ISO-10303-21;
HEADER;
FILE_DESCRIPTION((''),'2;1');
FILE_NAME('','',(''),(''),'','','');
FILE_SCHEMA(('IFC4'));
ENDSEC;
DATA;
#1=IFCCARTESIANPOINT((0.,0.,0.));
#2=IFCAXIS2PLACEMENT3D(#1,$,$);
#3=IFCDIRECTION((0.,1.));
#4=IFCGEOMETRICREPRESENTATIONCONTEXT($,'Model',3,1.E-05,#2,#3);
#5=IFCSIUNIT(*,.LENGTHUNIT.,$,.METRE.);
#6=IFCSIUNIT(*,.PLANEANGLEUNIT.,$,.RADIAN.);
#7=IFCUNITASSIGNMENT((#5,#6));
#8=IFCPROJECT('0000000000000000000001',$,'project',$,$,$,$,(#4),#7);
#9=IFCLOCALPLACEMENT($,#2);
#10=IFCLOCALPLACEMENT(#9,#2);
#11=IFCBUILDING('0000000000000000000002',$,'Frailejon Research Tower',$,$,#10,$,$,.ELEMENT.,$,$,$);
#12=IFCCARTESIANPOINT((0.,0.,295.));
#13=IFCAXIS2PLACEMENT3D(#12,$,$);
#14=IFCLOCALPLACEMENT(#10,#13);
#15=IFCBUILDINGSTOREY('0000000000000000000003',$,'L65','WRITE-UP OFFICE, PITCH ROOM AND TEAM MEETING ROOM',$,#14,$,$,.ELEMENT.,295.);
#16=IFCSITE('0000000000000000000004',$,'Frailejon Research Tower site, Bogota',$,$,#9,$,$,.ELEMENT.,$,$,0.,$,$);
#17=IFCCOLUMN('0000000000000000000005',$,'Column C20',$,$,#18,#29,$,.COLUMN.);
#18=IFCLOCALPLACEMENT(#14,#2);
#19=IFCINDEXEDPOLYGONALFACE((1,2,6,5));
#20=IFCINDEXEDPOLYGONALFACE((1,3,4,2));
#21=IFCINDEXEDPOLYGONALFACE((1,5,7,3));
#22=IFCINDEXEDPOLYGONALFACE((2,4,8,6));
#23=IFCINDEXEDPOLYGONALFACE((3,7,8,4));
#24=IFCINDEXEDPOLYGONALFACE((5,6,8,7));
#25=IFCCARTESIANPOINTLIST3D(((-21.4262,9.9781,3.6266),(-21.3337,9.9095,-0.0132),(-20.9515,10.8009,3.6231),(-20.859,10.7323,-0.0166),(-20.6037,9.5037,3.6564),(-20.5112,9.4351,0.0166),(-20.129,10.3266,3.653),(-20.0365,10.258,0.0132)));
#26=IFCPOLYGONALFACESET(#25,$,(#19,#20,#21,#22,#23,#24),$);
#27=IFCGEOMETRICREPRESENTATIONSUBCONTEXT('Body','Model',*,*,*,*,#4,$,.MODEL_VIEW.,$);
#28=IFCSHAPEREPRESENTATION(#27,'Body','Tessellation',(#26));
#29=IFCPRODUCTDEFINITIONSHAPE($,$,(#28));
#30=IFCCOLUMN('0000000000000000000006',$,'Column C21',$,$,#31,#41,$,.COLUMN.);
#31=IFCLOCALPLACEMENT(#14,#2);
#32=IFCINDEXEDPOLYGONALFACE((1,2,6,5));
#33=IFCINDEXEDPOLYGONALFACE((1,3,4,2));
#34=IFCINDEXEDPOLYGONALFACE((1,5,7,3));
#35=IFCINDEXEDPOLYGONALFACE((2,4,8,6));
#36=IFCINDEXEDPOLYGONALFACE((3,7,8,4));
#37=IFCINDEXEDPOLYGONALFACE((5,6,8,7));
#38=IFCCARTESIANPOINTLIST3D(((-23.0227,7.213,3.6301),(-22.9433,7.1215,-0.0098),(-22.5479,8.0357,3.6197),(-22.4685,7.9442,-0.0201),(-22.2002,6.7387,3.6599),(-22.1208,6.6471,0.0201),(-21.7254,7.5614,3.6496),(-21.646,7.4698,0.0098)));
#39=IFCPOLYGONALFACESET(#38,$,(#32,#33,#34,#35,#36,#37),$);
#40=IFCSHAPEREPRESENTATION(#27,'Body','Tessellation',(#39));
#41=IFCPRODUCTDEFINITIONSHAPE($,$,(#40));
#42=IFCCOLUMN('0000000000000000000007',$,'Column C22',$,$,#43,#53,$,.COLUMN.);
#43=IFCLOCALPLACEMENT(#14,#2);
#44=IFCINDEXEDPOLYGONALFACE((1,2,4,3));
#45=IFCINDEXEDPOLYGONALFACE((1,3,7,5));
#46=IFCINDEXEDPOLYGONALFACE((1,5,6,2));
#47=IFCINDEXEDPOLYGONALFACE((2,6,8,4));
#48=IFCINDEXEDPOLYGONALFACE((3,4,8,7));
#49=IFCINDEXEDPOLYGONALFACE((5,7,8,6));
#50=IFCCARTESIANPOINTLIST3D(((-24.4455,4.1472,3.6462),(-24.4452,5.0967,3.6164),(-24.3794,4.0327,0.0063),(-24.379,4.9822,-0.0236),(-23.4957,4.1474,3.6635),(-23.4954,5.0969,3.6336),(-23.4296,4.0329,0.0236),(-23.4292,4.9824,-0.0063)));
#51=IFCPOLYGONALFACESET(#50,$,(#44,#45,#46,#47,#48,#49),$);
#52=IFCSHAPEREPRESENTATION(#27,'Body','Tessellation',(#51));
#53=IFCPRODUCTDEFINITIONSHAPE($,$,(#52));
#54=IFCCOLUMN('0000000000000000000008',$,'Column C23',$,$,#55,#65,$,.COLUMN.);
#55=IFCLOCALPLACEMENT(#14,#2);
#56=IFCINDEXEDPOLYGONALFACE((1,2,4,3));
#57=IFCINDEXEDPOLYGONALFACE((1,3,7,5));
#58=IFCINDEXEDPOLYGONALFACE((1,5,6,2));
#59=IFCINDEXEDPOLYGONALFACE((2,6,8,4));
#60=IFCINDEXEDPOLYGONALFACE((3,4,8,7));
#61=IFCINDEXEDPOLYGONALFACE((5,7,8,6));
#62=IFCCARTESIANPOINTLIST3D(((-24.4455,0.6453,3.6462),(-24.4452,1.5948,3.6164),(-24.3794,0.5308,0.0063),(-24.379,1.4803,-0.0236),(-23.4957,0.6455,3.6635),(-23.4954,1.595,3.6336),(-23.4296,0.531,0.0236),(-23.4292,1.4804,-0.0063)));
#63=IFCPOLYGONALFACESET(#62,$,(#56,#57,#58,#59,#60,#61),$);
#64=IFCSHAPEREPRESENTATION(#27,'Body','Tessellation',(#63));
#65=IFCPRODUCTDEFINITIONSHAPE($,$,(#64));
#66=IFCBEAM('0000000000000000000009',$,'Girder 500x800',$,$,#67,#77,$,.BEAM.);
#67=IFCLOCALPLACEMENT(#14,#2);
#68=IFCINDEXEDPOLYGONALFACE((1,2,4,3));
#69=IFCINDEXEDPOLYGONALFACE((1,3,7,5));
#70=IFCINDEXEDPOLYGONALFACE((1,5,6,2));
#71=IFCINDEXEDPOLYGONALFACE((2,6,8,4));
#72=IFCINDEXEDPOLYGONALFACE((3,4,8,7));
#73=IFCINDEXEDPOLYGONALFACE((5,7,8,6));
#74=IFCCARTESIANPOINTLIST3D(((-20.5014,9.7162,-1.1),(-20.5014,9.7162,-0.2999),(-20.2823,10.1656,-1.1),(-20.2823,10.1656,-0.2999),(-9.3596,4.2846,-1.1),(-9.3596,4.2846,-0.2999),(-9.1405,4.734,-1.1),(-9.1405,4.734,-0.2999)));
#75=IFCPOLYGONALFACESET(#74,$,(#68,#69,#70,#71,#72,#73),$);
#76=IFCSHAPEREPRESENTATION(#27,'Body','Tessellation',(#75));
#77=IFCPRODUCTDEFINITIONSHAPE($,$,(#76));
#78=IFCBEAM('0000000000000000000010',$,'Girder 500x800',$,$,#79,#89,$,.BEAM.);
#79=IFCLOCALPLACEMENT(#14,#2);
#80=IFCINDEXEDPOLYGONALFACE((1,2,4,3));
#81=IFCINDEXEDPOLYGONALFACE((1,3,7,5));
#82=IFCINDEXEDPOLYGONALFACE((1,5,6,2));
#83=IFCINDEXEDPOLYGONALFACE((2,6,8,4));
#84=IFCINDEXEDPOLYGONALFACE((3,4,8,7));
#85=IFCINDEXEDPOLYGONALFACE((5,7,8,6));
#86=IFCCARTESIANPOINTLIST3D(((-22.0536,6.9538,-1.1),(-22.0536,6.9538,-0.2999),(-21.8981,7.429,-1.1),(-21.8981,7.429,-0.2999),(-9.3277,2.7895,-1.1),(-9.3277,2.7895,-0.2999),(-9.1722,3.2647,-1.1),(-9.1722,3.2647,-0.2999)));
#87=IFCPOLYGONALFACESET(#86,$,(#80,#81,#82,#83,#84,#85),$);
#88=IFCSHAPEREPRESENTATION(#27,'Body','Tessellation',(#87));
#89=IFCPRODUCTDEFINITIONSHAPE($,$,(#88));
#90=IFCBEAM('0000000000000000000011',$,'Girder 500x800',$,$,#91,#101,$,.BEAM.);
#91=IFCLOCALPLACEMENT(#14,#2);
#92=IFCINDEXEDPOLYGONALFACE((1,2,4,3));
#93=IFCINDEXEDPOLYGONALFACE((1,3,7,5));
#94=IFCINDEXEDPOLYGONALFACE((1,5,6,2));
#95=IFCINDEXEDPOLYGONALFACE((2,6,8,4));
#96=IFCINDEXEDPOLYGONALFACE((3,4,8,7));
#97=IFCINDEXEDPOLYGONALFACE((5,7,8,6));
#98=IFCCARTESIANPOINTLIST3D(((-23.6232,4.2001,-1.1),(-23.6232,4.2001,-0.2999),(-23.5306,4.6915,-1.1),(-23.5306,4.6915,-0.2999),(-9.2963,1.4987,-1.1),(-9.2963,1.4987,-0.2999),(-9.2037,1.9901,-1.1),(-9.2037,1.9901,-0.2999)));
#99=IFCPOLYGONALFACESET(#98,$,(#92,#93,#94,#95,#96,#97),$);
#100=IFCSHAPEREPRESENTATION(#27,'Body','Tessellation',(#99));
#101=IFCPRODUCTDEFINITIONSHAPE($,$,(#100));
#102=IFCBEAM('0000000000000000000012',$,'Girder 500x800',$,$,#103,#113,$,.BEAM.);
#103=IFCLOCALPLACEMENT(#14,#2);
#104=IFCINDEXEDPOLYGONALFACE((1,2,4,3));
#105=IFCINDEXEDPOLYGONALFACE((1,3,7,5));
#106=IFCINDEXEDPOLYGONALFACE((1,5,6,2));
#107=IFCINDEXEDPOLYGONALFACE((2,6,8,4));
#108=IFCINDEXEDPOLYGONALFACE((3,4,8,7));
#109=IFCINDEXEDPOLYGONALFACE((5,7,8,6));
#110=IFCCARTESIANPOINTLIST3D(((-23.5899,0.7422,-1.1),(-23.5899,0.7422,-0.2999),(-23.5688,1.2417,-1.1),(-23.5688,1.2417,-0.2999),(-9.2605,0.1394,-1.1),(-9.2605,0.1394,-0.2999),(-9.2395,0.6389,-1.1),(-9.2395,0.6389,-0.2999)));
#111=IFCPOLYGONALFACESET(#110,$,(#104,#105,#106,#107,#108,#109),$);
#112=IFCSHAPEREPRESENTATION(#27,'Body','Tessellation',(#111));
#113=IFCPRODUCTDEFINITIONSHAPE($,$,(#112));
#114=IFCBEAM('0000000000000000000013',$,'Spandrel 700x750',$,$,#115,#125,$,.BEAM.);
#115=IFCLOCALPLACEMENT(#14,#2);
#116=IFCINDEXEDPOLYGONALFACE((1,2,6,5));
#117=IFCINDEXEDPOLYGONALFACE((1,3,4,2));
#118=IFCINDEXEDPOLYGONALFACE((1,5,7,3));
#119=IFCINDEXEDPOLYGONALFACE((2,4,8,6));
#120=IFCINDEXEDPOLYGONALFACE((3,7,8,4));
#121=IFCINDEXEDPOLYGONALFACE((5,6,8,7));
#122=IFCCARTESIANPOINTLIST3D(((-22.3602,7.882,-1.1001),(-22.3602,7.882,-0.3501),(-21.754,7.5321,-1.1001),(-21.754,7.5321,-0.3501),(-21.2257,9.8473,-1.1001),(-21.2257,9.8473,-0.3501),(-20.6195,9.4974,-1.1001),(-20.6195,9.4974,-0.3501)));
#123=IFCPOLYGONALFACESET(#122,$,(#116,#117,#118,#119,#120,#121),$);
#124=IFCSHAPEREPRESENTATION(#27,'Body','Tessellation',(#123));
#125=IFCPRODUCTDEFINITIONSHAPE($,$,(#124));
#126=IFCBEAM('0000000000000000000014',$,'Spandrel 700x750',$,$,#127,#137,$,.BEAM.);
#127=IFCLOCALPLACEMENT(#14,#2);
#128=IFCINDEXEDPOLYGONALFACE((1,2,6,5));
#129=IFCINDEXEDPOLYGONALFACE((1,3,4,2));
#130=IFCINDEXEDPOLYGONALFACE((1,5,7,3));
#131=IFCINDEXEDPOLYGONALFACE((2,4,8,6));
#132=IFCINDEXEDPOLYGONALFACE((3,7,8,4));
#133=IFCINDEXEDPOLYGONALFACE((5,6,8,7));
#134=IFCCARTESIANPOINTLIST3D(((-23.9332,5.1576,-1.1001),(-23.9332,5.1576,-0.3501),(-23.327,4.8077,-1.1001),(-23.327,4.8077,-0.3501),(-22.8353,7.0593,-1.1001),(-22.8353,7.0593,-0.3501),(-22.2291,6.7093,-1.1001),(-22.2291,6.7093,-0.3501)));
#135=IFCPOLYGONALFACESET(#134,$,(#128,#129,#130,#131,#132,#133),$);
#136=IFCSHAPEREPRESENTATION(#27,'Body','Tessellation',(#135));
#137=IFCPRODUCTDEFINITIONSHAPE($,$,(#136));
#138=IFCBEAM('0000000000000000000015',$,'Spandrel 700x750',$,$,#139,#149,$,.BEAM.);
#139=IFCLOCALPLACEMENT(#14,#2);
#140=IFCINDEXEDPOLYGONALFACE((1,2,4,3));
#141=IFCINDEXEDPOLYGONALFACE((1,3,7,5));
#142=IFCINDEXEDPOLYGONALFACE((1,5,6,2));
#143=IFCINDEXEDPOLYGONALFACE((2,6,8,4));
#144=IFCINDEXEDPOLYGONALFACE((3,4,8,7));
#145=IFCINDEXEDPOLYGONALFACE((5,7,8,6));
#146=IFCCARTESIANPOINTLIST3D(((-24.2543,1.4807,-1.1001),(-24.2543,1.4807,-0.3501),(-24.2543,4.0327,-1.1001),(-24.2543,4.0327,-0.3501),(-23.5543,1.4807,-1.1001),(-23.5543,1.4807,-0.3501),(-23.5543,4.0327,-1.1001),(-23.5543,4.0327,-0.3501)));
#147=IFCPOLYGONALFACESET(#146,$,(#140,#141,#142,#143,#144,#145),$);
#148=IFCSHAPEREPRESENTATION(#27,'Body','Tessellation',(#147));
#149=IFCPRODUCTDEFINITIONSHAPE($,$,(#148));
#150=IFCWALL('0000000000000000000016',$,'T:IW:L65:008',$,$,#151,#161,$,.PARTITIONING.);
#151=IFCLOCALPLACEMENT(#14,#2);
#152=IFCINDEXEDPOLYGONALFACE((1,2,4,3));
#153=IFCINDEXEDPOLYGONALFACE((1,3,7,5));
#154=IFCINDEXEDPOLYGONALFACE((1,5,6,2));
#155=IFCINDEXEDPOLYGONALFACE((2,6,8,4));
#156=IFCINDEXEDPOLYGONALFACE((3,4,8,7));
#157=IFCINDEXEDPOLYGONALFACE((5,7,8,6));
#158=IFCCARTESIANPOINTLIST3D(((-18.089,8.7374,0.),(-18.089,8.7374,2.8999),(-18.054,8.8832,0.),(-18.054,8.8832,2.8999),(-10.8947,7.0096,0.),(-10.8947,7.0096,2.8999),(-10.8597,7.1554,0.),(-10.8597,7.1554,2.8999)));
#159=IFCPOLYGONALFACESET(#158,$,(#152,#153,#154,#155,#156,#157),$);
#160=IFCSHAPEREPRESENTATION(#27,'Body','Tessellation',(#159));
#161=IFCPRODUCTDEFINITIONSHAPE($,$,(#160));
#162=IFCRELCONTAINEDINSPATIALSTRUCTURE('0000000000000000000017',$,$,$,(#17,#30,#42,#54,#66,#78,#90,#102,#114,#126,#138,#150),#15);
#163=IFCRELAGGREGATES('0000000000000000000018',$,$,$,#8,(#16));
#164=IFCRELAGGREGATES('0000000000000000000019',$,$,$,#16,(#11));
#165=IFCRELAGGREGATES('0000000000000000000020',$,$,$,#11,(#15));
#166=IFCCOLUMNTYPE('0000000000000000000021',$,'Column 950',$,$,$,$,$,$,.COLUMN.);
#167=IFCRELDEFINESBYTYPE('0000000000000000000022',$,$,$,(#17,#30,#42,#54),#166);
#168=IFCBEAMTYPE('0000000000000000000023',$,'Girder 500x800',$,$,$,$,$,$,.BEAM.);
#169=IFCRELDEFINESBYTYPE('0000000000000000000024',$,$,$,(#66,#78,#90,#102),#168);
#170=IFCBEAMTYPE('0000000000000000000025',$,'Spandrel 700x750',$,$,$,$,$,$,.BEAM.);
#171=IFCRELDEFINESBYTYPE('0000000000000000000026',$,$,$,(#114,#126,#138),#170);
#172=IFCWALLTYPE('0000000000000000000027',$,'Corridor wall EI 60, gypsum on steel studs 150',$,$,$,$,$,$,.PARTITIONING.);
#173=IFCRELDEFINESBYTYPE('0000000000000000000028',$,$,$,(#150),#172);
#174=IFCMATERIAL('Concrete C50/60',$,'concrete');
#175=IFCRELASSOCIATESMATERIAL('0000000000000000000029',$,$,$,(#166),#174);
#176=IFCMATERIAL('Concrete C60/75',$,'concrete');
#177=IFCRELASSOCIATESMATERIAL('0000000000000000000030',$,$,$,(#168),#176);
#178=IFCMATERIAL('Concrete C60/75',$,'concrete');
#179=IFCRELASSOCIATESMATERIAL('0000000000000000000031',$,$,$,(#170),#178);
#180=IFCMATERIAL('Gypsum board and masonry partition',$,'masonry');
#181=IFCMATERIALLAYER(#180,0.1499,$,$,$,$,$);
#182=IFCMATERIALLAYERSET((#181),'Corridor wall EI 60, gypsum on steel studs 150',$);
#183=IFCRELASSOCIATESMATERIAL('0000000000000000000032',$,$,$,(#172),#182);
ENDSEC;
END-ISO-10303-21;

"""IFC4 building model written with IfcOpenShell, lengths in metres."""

from ifc_helpers import new_model, si_unit, direction, frame, frame_2d, origin, origin_2d, place, context, subcontext, project, spatial, rectangle, extrude, material, layer, layer_set, material_profile, profile_set, type_object, element, save


model = new_model("IFC4")

# Units and contexts
model_context = context("Model", 3, precision=1e-05, world=origin(), true_north=direction((0.0, 1.0)))
body_context = subcontext(model_context, "Body", "Model", "MODEL_VIEW")
ifc_project = project(units=[si_unit("LENGTHUNIT", "METRE"), si_unit("PLANEANGLEUNIT", "RADIAN")], contexts=[model_context])

# Site, building, storey
site_placement = place(None, origin())
site = spatial("IfcSite", under=ifc_project, at=site_placement, Name="Frailejon Research Tower site, Bogota", CompositionType="ELEMENT", RefElevation=0.0)
building_placement = place(site_placement, origin())
building = spatial("IfcBuilding", under=site, at=building_placement, Name="Frailejon Research Tower", CompositionType="ELEMENT")
storey_placement = place(building_placement, frame((0.0, 0.0, 295.0)))
storey = spatial("IfcBuildingStorey", under=building, at=storey_placement, Name="L65", Description="WRITE-UP OFFICE, PITCH ROOM AND TEAM MEETING ROOM", CompositionType="ELEMENT", Elevation=295.0)

# Columns
ifc_material_1 = material(Name="Concrete C50/60", Category="concrete")
ifc_material_profile_1 = material_profile(ifc_material_1, rectangle(XDim=0.95, YDim=0.95, at=origin_2d()), Name="Column 950")
ifc_profile_set_1 = profile_set([ifc_material_profile_1], Name="Concrete C50/60")
column_type = type_object("IfcColumnType", Name="Column 950", PredefinedType="COLUMN", material=ifc_profile_set_1)
column_1_placement = place(storey_placement, frame((-20.6851, 10.0837, 0.0), z_axis=(-0.025408, 0.018838, 0.9995), x_axis=(-0.499704, -0.866189, 0.003623)))
element("IfcColumn", 1, at=column_1_placement, inside=storey, type_object=column_type, Name="Column C20", PredefinedType="COLUMN", context=body_context, shape_type="SweptSolid", body=[
    extrude(rectangle(XDim=0.95, YDim=0.95, at=origin_2d()), origin(), (0.0, 0.0, 1.0), 3.6416),
])
column_2_placement = place(storey_placement, frame((-22.2947, 7.2957, 0.0), z_axis=(-0.021787, 0.025139, 0.999447), x_axis=(-0.499841, -0.866049, 0.010887)))
element("IfcColumn", 2, at=column_2_placement, inside=storey, type_object=column_type, Name="Column C21", PredefinedType="COLUMN", context=body_context, shape_type="SweptSolid", body=[
    extrude(rectangle(XDim=0.95, YDim=0.95, at=origin_2d()), origin(), (0.0, 0.0, 1.0), 3.6418),
])
for number, where, z_axis, x_axis, name in (
    (3, (-23.9043, 4.5076, 0.0), (-0.018165, 0.031437, 0.999341), (-0.000376, -0.999506, 0.031435), "Column C22"),
    (4, (-23.9043, 1.0056, 0.0), (-0.018165, 0.031437, 0.999341), (-0.000376, -0.999506, 0.031435), "Column C23"),
):
    element("IfcColumn", number, at=place(storey_placement, frame(where, z_axis=z_axis, x_axis=x_axis)), inside=storey, type_object=column_type, Name=name, PredefinedType="COLUMN", context=body_context, shape_type="SweptSolid", body=[
        extrude(rectangle(XDim=0.95, YDim=0.95, at=origin_2d()), origin(), (0.0, 0.0, 1.0), 3.6423),
    ])

# Beams
ifc_material_2 = material(Name="Concrete C60/75", Category="concrete")
ifc_material_profile_2 = material_profile(ifc_material_2, rectangle(XDim=0.5, YDim=0.8, at=origin_2d()), Name="Girder 500x800")
ifc_profile_set_2 = profile_set([ifc_material_profile_2], Name="Concrete C60/75")
beam_type_1 = type_object("IfcBeamType", Name="Girder 500x800", PredefinedType="BEAM", material=ifc_profile_set_2)
beam_1_placement = place(storey_placement, frame((-20.3918, 9.9409, -0.7), z_axis=(0.898877, -0.438202, 0.0), x_axis=(0.438202, 0.898877, 0.0)))
element("IfcBeam", 5, at=beam_1_placement, inside=storey, type_object=beam_type_1, Name="Girder 500x800", PredefinedType="BEAM", context=body_context, shape_type="SweptSolid", body=[
    extrude(rectangle(XDim=0.5, YDim=0.8, at=origin_2d()), origin(), (0.0, 0.0, 1.0), 12.3953),
])
beam_2_placement = place(storey_placement, frame((-21.9758, 7.1914, -0.7), z_axis=(0.950408, -0.311005, 0.0), x_axis=(0.311005, 0.950408, 0.0)))
element("IfcBeam", 6, at=beam_2_placement, inside=storey, type_object=beam_type_1, Name="Girder 500x800", PredefinedType="BEAM", context=body_context, shape_type="SweptSolid", body=[
    extrude(rectangle(XDim=0.5, YDim=0.8, at=origin_2d()), origin(), (0.0, 0.0, 1.0), 13.3899),
])
beam_3_placement = place(storey_placement, frame((-23.5769, 4.4458, -0.7), z_axis=(0.982684, -0.18529, 0.0), x_axis=(0.18529, 0.982684, 0.0)))
element("IfcBeam", 7, at=beam_3_placement, inside=storey, type_object=beam_type_1, Name="Girder 500x800", PredefinedType="BEAM", context=body_context, shape_type="SweptSolid", body=[
    extrude(rectangle(XDim=0.5, YDim=0.8, at=origin_2d()), origin(), (0.0, 0.0, 1.0), 14.5793),
])
beam_4_placement = place(storey_placement, frame((-23.5793, 0.9919, -0.7), z_axis=(0.999116, -0.042029, 0.0), x_axis=(0.042029, 0.999116, 0.0)))
element("IfcBeam", 8, at=beam_4_placement, inside=storey, type_object=beam_type_1, Name="Girder 500x800", PredefinedType="BEAM", context=body_context, shape_type="SweptSolid", body=[
    extrude(rectangle(XDim=0.5, YDim=0.8, at=origin_2d()), origin(), (0.0, 0.0, 1.0), 14.342),
])
ifc_material_3 = material(Name="Concrete C60/75", Category="concrete")
ifc_material_profile_3 = material_profile(ifc_material_3, rectangle(XDim=0.7, YDim=0.75, at=origin_2d()), Name="Spandrel 700x750")
ifc_profile_set_3 = profile_set([ifc_material_profile_3], Name="Concrete C60/75")
beam_type_2 = type_object("IfcBeamType", Name="Spandrel 700x750", PredefinedType="BEAM", material=ifc_profile_set_3)
beam_5_placement = place(storey_placement, frame((-20.9226, 9.6724, -0.7251), z_axis=(-0.499946, -0.866057, 0.0), x_axis=(0.866057, -0.499946, 0.0)))
element("IfcBeam", 9, at=beam_5_placement, inside=storey, type_object=beam_type_2, Name="Spandrel 700x750", PredefinedType="BEAM", context=body_context, shape_type="SweptSolid", body=[
    extrude(rectangle(XDim=0.7, YDim=0.75, at=origin_2d()), origin(), (0.0, 0.0, 1.0), 2.2693),
])
beam_6_placement = place(storey_placement, frame((-22.5322, 6.8843, -0.7251), z_axis=(-0.500002, -0.866025, 0.0), x_axis=(0.866025, -0.500002, 0.0)))
element("IfcBeam", 10, at=beam_6_placement, inside=storey, type_object=beam_type_2, Name="Spandrel 700x750", PredefinedType="BEAM", context=body_context, shape_type="SweptSolid", body=[
    extrude(rectangle(XDim=0.7, YDim=0.75, at=origin_2d()), origin(), (0.0, 0.0, 1.0), 2.1958),
])
beam_7_placement = place(storey_placement, frame((-23.9043, 4.0327, -0.7251), z_axis=(0.0, -1.0, 0.0), x_axis=(1.0, 0.0, 0.0)))
element("IfcBeam", 11, at=beam_7_placement, inside=storey, type_object=beam_type_2, Name="Spandrel 700x750", PredefinedType="BEAM", context=body_context, shape_type="SweptSolid", body=[
    extrude(rectangle(XDim=0.7, YDim=0.75, at=origin_2d()), origin(), (0.0, 0.0, 1.0), 2.552),
])

# Wall
ifc_material_4 = material(Name="Gypsum board and masonry partition", Category="masonry")
ifc_layer_1 = layer(ifc_material_4, 0.1499)
ifc_layer_set_1 = layer_set([ifc_layer_1], Name="Corridor wall EI 60, gypsum on steel studs 150")
wall_type_1 = type_object("IfcWallType", Name="Corridor wall EI 60, gypsum on steel studs 150", PredefinedType="PARTITIONING", material=ifc_layer_set_1)
wall_1_placement = place(storey_placement, frame((-18.0715, 8.8103, 0.0), z_axis=(0.0, 0.0, 1.0), x_axis=(0.972352, -0.233519, 0.0)))
element("IfcWall", 12, at=wall_1_placement, inside=storey, type_object=wall_type_1, Name="T:IW:L65:008", PredefinedType="PARTITIONING", context=body_context, shape_type="SweptSolid", body=[
    extrude(rectangle(XDim=7.3989, YDim=0.1499, at=frame_2d((3.6995, 0.0))), origin(), (0.0, 0.0, 1.0), 2.8999),
])

save(model, "model.ifc")
